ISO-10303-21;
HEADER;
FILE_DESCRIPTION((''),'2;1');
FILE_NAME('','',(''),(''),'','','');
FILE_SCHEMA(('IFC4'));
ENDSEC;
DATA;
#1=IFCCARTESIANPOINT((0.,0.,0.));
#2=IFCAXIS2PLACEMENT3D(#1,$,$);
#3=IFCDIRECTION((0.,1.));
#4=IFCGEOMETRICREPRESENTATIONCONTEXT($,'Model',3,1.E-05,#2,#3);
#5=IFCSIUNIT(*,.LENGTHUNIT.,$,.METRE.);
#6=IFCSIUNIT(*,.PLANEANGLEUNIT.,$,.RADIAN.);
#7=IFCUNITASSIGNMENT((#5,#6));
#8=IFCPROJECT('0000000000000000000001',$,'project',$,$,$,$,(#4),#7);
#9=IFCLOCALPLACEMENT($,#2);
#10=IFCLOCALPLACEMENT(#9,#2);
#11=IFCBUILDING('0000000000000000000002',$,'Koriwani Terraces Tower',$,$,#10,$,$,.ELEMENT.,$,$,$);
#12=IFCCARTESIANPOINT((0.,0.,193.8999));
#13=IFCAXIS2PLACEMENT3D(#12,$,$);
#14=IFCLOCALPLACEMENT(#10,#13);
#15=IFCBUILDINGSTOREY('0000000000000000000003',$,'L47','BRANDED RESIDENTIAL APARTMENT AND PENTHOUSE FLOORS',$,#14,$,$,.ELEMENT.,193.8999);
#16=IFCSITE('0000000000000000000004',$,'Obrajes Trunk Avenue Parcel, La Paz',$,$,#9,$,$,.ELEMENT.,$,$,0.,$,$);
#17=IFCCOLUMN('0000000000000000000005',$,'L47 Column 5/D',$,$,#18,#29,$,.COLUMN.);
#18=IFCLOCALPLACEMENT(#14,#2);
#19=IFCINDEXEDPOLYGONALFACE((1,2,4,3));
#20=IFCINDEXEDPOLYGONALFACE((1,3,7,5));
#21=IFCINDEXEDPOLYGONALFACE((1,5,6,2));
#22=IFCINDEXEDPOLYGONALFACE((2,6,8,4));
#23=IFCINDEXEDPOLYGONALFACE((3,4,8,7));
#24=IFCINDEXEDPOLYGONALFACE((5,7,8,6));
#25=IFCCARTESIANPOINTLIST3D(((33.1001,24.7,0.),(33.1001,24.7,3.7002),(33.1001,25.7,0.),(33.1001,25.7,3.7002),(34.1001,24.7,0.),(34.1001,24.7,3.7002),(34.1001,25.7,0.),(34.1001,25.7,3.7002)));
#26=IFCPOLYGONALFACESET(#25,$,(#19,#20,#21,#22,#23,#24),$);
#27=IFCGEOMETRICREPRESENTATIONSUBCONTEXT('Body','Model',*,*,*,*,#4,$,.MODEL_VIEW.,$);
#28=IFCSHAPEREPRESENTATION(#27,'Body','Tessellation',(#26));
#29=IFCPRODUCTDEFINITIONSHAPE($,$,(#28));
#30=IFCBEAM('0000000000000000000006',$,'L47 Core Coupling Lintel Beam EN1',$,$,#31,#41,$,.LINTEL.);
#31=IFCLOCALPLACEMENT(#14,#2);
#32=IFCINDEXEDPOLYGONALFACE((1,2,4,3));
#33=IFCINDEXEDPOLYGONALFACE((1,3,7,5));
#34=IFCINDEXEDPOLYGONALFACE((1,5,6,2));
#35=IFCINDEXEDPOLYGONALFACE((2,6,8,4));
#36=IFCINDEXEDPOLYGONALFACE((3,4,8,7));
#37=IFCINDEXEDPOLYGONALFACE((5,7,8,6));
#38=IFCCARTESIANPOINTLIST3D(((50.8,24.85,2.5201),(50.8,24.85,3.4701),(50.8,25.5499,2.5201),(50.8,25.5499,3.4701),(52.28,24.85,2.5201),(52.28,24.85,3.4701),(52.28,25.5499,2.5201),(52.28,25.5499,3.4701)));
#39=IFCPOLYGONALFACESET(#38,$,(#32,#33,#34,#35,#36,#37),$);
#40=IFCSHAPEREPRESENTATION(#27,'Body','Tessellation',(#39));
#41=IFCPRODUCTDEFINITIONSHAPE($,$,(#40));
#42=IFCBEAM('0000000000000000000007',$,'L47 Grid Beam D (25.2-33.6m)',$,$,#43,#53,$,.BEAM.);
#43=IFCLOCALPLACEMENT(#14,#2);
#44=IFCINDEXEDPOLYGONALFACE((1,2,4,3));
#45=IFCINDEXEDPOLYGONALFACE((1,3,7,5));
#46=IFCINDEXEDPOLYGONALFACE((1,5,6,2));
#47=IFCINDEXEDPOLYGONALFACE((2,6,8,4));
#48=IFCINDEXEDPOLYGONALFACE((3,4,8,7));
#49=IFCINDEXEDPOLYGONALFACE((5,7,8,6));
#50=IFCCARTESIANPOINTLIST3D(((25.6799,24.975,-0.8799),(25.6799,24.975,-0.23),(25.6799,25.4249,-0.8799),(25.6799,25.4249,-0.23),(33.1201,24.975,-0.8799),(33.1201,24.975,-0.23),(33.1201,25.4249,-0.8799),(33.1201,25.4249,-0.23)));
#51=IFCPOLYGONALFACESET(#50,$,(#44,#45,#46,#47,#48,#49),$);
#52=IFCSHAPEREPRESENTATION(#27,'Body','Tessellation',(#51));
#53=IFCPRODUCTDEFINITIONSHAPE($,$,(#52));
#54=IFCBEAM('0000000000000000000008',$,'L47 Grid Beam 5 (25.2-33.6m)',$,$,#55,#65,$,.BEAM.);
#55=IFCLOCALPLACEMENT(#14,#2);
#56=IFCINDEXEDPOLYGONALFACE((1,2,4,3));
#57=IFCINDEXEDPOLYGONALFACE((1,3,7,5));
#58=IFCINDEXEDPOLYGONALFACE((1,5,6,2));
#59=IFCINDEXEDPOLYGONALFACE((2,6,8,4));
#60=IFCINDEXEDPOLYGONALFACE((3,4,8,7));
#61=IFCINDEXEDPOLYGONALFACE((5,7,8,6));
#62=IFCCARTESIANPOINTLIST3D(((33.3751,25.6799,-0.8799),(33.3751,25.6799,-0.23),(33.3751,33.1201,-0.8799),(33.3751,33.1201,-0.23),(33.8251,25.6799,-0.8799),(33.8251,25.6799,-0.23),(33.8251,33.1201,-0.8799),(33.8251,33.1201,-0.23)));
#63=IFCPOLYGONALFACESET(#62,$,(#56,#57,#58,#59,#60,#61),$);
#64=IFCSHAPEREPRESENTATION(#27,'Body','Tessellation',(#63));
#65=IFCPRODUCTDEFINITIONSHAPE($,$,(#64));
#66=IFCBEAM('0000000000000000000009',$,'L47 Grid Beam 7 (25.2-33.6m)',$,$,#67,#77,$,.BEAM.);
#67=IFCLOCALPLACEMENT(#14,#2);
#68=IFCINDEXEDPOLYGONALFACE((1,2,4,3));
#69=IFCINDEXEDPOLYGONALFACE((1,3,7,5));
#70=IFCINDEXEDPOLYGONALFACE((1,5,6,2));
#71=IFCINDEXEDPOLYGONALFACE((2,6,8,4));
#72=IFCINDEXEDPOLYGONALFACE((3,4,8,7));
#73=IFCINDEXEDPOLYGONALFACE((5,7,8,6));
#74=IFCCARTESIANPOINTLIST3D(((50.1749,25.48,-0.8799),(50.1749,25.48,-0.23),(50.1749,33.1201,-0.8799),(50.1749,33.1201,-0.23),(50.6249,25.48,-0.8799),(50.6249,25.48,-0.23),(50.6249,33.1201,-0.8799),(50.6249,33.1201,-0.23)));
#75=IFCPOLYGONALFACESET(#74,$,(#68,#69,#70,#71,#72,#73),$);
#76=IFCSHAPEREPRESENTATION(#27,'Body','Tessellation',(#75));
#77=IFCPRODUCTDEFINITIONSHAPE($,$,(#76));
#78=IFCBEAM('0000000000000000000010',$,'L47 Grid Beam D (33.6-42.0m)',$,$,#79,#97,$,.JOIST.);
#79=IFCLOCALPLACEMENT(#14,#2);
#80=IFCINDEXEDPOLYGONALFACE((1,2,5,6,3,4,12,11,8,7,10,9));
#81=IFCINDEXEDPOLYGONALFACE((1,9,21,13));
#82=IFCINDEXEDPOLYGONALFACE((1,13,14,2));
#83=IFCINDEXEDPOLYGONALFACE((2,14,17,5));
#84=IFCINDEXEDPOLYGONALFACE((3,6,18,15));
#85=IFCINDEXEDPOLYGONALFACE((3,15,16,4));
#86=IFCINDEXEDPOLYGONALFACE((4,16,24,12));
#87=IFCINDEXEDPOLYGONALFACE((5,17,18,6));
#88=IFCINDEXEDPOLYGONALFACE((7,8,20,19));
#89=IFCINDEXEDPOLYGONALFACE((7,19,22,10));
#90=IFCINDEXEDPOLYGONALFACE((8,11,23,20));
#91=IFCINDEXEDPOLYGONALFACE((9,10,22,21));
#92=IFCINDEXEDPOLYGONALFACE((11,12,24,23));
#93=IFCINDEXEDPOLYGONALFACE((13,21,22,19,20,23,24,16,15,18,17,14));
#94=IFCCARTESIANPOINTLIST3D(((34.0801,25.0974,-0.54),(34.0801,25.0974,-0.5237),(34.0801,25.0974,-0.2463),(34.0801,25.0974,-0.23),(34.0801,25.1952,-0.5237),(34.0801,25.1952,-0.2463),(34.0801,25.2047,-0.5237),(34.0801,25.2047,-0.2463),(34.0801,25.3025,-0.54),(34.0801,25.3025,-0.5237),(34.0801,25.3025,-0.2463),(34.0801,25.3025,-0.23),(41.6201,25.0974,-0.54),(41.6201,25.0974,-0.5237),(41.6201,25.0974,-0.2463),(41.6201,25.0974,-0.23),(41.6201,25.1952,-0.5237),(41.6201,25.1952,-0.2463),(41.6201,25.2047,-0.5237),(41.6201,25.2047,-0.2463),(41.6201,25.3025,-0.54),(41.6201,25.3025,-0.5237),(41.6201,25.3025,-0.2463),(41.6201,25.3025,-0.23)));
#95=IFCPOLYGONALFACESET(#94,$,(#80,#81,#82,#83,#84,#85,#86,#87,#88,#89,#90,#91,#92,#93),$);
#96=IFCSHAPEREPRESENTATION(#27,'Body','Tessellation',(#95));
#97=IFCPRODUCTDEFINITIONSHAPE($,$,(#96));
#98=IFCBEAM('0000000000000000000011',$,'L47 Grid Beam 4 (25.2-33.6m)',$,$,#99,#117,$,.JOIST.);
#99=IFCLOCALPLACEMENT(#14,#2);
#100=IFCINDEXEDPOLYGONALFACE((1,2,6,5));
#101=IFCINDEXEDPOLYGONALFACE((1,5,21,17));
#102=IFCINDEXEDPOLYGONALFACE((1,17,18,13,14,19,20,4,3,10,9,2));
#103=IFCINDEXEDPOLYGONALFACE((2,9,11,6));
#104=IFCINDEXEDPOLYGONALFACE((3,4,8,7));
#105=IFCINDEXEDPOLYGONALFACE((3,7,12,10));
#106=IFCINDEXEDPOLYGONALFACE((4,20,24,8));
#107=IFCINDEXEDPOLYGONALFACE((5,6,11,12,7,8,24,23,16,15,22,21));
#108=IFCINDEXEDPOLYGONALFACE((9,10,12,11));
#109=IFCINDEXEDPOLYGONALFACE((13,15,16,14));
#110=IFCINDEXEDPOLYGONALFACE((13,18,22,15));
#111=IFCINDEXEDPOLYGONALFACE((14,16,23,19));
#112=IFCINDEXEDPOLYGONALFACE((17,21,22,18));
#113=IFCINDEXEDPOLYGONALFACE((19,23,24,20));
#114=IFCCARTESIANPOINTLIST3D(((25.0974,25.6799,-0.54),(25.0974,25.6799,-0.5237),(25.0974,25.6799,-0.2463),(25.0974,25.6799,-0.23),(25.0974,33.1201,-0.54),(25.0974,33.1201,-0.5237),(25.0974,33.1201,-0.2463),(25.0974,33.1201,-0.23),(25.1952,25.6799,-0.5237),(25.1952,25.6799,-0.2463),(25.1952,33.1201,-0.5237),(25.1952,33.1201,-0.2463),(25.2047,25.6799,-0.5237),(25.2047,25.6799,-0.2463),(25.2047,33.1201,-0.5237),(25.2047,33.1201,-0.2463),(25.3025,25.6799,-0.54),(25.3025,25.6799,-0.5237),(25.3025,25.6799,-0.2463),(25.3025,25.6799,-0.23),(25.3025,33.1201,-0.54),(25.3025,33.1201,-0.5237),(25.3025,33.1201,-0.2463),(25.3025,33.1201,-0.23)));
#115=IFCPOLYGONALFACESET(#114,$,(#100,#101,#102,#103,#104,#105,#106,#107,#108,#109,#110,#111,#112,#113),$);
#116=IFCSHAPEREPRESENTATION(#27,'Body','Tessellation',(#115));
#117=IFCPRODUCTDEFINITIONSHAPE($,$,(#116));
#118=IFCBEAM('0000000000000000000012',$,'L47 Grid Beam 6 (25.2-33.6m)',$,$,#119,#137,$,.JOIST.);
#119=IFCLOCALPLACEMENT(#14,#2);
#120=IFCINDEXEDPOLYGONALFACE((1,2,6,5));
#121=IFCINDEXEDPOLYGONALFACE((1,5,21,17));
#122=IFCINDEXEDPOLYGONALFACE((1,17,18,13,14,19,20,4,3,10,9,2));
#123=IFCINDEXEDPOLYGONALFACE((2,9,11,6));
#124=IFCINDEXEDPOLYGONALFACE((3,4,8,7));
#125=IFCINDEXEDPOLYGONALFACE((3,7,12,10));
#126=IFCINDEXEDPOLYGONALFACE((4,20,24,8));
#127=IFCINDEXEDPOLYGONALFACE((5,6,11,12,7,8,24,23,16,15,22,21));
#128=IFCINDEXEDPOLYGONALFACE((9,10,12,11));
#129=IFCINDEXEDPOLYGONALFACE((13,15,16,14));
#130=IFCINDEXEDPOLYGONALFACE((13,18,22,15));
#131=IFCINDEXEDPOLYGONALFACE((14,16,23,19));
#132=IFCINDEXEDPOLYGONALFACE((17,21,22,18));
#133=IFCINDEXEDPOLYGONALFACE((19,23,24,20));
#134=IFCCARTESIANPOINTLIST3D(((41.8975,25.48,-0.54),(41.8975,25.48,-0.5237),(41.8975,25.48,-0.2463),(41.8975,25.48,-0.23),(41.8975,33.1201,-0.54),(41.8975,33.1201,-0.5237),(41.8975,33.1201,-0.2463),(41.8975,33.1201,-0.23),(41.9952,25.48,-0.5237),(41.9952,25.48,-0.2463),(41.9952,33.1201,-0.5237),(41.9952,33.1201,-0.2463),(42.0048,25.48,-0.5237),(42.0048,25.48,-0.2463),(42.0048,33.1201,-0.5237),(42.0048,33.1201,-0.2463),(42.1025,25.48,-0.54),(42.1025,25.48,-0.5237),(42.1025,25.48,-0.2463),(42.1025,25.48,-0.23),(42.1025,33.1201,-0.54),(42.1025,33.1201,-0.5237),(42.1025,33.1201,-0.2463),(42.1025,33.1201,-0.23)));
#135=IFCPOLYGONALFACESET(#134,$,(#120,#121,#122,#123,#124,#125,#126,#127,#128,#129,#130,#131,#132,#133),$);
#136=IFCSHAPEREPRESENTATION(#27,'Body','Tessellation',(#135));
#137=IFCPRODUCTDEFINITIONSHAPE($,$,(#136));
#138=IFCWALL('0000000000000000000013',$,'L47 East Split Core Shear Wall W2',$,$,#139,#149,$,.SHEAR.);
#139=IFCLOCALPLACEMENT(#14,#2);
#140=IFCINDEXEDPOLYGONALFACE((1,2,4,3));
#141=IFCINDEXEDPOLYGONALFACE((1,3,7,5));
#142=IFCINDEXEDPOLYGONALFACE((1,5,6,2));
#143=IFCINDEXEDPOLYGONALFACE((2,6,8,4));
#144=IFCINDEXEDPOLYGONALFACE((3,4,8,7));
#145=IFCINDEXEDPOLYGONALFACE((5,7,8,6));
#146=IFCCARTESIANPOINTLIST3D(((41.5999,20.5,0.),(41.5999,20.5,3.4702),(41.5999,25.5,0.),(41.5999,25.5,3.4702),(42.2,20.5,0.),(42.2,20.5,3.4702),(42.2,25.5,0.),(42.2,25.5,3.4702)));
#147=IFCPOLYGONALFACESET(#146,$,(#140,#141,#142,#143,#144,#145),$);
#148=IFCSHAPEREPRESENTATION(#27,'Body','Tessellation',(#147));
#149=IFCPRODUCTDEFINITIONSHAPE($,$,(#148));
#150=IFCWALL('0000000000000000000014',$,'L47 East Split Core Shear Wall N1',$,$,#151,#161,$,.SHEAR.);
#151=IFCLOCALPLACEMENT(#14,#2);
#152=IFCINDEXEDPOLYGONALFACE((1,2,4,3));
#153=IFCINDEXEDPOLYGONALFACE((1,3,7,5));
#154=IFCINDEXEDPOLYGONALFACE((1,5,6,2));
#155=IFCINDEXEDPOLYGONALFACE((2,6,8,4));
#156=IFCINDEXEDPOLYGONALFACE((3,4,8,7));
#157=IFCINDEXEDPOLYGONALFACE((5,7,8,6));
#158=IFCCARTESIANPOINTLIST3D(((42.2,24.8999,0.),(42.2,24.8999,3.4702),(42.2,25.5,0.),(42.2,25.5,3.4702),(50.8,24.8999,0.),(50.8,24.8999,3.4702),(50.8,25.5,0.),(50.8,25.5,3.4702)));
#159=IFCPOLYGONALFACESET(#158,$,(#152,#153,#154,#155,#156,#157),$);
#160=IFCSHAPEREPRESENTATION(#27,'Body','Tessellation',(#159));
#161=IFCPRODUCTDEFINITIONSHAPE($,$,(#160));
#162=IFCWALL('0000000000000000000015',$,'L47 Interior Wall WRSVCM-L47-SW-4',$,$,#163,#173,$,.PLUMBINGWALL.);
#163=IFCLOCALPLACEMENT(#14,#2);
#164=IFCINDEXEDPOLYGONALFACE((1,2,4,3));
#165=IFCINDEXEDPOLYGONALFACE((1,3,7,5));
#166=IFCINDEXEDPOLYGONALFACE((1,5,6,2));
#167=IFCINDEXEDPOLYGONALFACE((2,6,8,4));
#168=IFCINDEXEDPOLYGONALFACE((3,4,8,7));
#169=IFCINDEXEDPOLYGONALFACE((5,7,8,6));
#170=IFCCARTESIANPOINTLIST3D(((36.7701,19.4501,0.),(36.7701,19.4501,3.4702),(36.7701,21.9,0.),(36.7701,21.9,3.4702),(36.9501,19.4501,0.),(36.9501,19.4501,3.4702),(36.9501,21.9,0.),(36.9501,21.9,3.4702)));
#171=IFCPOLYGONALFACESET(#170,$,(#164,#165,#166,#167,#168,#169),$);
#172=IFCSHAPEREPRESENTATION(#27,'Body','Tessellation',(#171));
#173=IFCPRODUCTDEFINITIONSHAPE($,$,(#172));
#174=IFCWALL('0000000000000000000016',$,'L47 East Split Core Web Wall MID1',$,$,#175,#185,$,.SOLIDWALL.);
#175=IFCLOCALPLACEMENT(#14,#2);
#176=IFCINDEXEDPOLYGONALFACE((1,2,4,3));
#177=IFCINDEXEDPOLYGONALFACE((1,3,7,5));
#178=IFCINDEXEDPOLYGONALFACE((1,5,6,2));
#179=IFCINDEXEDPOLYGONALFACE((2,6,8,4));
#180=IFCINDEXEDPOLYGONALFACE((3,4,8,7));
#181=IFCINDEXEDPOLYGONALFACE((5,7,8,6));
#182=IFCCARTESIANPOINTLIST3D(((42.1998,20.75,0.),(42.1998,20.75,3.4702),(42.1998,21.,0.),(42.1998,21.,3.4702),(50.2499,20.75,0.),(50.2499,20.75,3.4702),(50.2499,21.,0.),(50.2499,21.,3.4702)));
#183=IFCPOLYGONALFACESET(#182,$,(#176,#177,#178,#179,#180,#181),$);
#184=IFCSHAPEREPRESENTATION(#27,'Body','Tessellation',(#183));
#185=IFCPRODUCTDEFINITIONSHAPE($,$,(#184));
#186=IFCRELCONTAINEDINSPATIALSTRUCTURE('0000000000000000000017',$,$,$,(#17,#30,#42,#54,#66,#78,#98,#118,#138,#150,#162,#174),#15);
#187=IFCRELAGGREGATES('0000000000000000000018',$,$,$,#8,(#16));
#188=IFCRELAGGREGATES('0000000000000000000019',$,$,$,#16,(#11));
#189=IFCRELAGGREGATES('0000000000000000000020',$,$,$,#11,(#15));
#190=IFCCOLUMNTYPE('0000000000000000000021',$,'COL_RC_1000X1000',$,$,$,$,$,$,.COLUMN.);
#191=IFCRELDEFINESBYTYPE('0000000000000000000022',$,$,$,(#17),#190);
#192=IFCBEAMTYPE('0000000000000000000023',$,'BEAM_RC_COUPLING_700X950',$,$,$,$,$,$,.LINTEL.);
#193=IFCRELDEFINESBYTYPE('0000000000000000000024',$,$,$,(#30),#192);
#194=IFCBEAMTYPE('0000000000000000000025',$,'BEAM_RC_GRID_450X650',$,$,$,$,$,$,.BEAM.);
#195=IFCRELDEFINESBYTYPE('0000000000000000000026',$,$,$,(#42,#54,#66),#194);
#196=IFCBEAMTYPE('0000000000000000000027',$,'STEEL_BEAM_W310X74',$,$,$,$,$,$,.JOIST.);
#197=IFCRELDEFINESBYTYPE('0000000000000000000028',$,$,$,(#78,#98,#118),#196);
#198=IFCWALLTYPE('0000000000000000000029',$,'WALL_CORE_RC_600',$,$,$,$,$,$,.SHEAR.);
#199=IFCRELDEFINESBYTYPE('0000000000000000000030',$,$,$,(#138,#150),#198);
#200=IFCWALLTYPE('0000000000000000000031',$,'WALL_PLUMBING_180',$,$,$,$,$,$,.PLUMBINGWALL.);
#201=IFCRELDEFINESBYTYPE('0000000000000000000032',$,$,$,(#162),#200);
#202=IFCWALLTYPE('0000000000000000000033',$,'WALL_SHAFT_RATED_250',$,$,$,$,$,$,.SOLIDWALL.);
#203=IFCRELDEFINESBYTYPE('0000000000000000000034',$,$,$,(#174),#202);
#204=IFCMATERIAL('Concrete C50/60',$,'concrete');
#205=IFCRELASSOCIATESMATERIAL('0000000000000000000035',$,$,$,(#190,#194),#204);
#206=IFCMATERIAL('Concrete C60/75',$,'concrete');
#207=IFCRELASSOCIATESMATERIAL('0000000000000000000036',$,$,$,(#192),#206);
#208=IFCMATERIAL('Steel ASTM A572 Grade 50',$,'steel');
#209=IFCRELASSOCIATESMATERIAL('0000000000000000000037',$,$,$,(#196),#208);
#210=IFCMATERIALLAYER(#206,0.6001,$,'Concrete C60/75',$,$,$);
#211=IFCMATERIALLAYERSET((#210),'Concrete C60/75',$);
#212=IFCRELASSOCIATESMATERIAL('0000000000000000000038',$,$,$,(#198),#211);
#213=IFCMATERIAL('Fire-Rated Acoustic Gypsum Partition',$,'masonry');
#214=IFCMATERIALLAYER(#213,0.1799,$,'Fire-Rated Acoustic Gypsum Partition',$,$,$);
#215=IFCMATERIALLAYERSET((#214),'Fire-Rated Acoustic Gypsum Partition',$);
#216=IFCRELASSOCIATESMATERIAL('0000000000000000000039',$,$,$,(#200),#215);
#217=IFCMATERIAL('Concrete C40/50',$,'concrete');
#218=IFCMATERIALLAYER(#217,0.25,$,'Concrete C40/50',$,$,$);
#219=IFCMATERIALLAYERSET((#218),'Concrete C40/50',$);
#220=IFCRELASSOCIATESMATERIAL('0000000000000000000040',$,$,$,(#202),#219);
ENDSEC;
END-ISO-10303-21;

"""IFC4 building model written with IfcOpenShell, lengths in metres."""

from ifc_helpers import new_model, si_unit, direction, frame, frame_2d, origin, origin_2d, place, context, subcontext, project, spatial, rectangle, i_section, extrude, material, layer, layer_set, material_profile, profile_set, type_object, element, save


model = new_model("IFC4")

# Units and contexts
model_context = context("Model", 3, precision=1e-05, world=origin(), true_north=direction((0.0, 1.0)))
body_context = subcontext(model_context, "Body", "Model", "MODEL_VIEW")
ifc_project = project(units=[si_unit("LENGTHUNIT", "METRE"), si_unit("PLANEANGLEUNIT", "RADIAN")], contexts=[model_context])

# Site, building, storey
site_placement = place(None, origin())
site = spatial("IfcSite", under=ifc_project, at=site_placement, Name="Obrajes Trunk Avenue Parcel, La Paz", CompositionType="ELEMENT", RefElevation=0.0)
building_placement = place(site_placement, origin())
building = spatial("IfcBuilding", under=site, at=building_placement, Name="Koriwani Terraces Tower", CompositionType="ELEMENT")
storey_placement = place(building_placement, frame((0.0, 0.0, 193.8999)))
storey = spatial("IfcBuildingStorey", under=building, at=storey_placement, Name="L47", Description="BRANDED RESIDENTIAL APARTMENT AND PENTHOUSE FLOORS", CompositionType="ELEMENT", Elevation=193.8999)

# Column
ifc_material_1 = material(Name="Concrete C50/60", Category="concrete")
ifc_material_profile_1 = material_profile(ifc_material_1, rectangle(XDim=1.0, YDim=1.0, at=origin_2d()), Name="Concrete C50/60", Category="LoadBearing")
ifc_profile_set_1 = profile_set([ifc_material_profile_1], Name="Concrete C50/60")
column_type = type_object("IfcColumnType", Name="COL_RC_1000X1000", PredefinedType="COLUMN", material=ifc_profile_set_1)
column_placement = place(storey_placement, frame((33.6001, 25.2, 0.0), z_axis=(0.0, 0.0, 1.0), x_axis=(1.0, 0.0, 0.0)))
element("IfcColumn", 1, at=column_placement, inside=storey, type_object=column_type, Name="L47 Column 5/D", PredefinedType="COLUMN", context=body_context, shape_type="SweptSolid", body=[
    extrude(rectangle(XDim=1.0, YDim=1.0, at=origin_2d()), origin(), (0.0, 0.0, 1.0), 3.7002),
])

# Beams
ifc_material_2 = material(Name="Concrete C60/75", Category="concrete")
ifc_material_profile_2 = material_profile(ifc_material_2, rectangle(XDim=0.7, YDim=0.95, at=origin_2d()), Name="Concrete C60/75", Category="LoadBearing")
ifc_profile_set_2 = profile_set([ifc_material_profile_2], Name="Concrete C60/75")
beam_type_1 = type_object("IfcBeamType", Name="BEAM_RC_COUPLING_700X950", PredefinedType="LINTEL", material=ifc_profile_set_2)
beam_1_placement = place(storey_placement, frame((50.8, 25.2, 2.9951), z_axis=(1.0, 0.0, 0.0), x_axis=(0.0, 1.0, 0.0)))
element("IfcBeam", 2, at=beam_1_placement, inside=storey, type_object=beam_type_1, Name="L47 Core Coupling Lintel Beam EN1", PredefinedType="LINTEL", context=body_context, shape_type="SweptSolid", body=[
    extrude(rectangle(XDim=0.7, YDim=0.95, at=origin_2d()), origin(), (0.0, 0.0, 1.0), 1.48),
])
ifc_material_profile_3 = material_profile(ifc_material_1, rectangle(XDim=0.45, YDim=0.6499, at=origin_2d()), Name="Concrete C50/60", Category="LoadBearing")
ifc_profile_set_3 = profile_set([ifc_material_profile_3], Name="Concrete C50/60")
beam_type_2 = type_object("IfcBeamType", Name="BEAM_RC_GRID_450X650", PredefinedType="BEAM", material=ifc_profile_set_3)
for number, where, z_axis, x_axis, name in (
    (3, (25.6799, 25.2, -0.5549), (1.0, 0.0, 0.0), (0.0, 1.0, 0.0), "L47 Grid Beam D (25.2-33.6m)"),
    (4, (33.6001, 25.6799, -0.5549), (0.0, 1.0, 0.0), (-1.0, 0.0, 0.0), "L47 Grid Beam 5 (25.2-33.6m)"),
):
    element("IfcBeam", number, at=place(storey_placement, frame(where, z_axis=z_axis, x_axis=x_axis)), inside=storey, type_object=beam_type_2, Name=name, PredefinedType="BEAM", context=body_context, shape_type="SweptSolid", body=[
        extrude(rectangle(XDim=0.45, YDim=0.6499, at=origin_2d()), origin(), (0.0, 0.0, 1.0), 7.4402),
    ])
beam_2_placement = place(storey_placement, frame((50.3999, 25.48, -0.5549), z_axis=(0.0, 1.0, 0.0), x_axis=(-1.0, 0.0, 0.0)))
element("IfcBeam", 5, at=beam_2_placement, inside=storey, type_object=beam_type_2, Name="L47 Grid Beam 7 (25.2-33.6m)", PredefinedType="BEAM", context=body_context, shape_type="SweptSolid", body=[
    extrude(rectangle(XDim=0.45, YDim=0.6499, at=origin_2d()), origin(), (0.0, 0.0, 1.0), 7.6401),
])
ifc_material_3 = material(Name="Steel ASTM A572 Grade 50", Category="steel")
ifc_material_profile_4 = material_profile(ifc_material_3, i_section(OverallWidth=0.2051, OverallDepth=0.3101, WebThickness=0.0095, FlangeThickness=0.0164, at=origin_2d()), Name="Steel ASTM A572 Grade 50", Category="LoadBearing")
ifc_profile_set_4 = profile_set([ifc_material_profile_4], Name="Steel ASTM A572 Grade 50")
beam_type_3 = type_object("IfcBeamType", Name="STEEL_BEAM_W310X74", PredefinedType="JOIST", material=ifc_profile_set_4)
beam_3_placement = place(storey_placement, frame((34.0801, 25.2, -0.385), z_axis=(1.0, 0.0, 0.0), x_axis=(0.0, 1.0, 0.0)))
element("IfcBeam", 6, at=beam_3_placement, inside=storey, type_object=beam_type_3, Name="L47 Grid Beam D (33.6-42.0m)", PredefinedType="JOIST", context=body_context, shape_type="SweptSolid", body=[
    extrude(i_section(OverallWidth=0.2051, OverallDepth=0.3101, WebThickness=0.0095, FlangeThickness=0.0164, at=origin_2d()), origin(), (0.0, 0.0, 1.0), 7.54),
])
beam_4_placement = place(storey_placement, frame((25.2, 25.6799, -0.385), z_axis=(0.0, 1.0, 0.0), x_axis=(-1.0, 0.0, 0.0)))
element("IfcBeam", 7, at=beam_4_placement, inside=storey, type_object=beam_type_3, Name="L47 Grid Beam 4 (25.2-33.6m)", PredefinedType="JOIST", context=body_context, shape_type="SweptSolid", body=[
    extrude(i_section(OverallWidth=0.2051, OverallDepth=0.3101, WebThickness=0.0095, FlangeThickness=0.0164, at=origin_2d()), origin(), (0.0, 0.0, 1.0), 7.4402),
])
beam_5_placement = place(storey_placement, frame((42.0, 25.48, -0.385), z_axis=(0.0, 1.0, 0.0), x_axis=(-1.0, 0.0, 0.0)))
element("IfcBeam", 8, at=beam_5_placement, inside=storey, type_object=beam_type_3, Name="L47 Grid Beam 6 (25.2-33.6m)", PredefinedType="JOIST", context=body_context, shape_type="SweptSolid", body=[
    extrude(i_section(OverallWidth=0.2051, OverallDepth=0.3101, WebThickness=0.0095, FlangeThickness=0.0164, at=origin_2d()), origin(), (0.0, 0.0, 1.0), 7.6401),
])

# Walls
ifc_layer_1 = layer(ifc_material_2, 0.6001, Name="Concrete C60/75")
ifc_layer_set_1 = layer_set([ifc_layer_1], Name="Concrete C60/75")
wall_type_1 = type_object("IfcWallType", Name="WALL_CORE_RC_600", PredefinedType="SHEAR", material=ifc_layer_set_1)
wall_1_placement = place(storey_placement, frame((41.8999, 20.5, 0.0), z_axis=(0.0, 0.0, 1.0), x_axis=(0.0, 1.0, 0.0)))
element("IfcWall", 9, at=wall_1_placement, inside=storey, type_object=wall_type_1, Name="L47 East Split Core Shear Wall W2", PredefinedType="SHEAR", context=body_context, shape_type="SweptSolid", body=[
    extrude(rectangle(XDim=5.0, YDim=0.6001, at=frame_2d((2.5, 0.0))), origin(), (0.0, 0.0, 1.0), 3.4702),
])
wall_2_placement = place(storey_placement, frame((42.2, 25.2, 0.0), z_axis=(0.0, 0.0, 1.0), x_axis=(1.0, 0.0, 0.0)))
element("IfcWall", 10, at=wall_2_placement, inside=storey, type_object=wall_type_1, Name="L47 East Split Core Shear Wall N1", PredefinedType="SHEAR", context=body_context, shape_type="SweptSolid", body=[
    extrude(rectangle(XDim=8.6001, YDim=0.6001, at=frame_2d((4.3, 0.0))), origin(), (0.0, 0.0, 1.0), 3.4702),
])
ifc_material_4 = material(Name="Fire-Rated Acoustic Gypsum Partition", Category="masonry")
ifc_layer_2 = layer(ifc_material_4, 0.1799, Name="Fire-Rated Acoustic Gypsum Partition")
ifc_layer_set_2 = layer_set([ifc_layer_2], Name="Fire-Rated Acoustic Gypsum Partition")
wall_type_2 = type_object("IfcWallType", Name="WALL_PLUMBING_180", PredefinedType="PLUMBINGWALL", material=ifc_layer_set_2)
wall_3_placement = place(storey_placement, frame((36.8601, 19.45, 0.0), z_axis=(0.0, 0.0, 1.0), x_axis=(0.0, 1.0, 0.0)))
element("IfcWall", 11, at=wall_3_placement, inside=storey, type_object=wall_type_2, Name="L47 Interior Wall WRSVCM-L47-SW-4", PredefinedType="PLUMBINGWALL", context=body_context, shape_type="SweptSolid", body=[
    extrude(rectangle(XDim=2.45, YDim=0.1799, at=frame_2d((1.2251, 0.0))), origin(), (0.0, 0.0, 1.0), 3.4702),
])
ifc_material_5 = material(Name="Concrete C40/50", Category="concrete")
ifc_layer_3 = layer(ifc_material_5, 0.25, Name="Concrete C40/50")
ifc_layer_set_3 = layer_set([ifc_layer_3], Name="Concrete C40/50")
wall_type_3 = type_object("IfcWallType", Name="WALL_SHAFT_RATED_250", PredefinedType="SOLIDWALL", material=ifc_layer_set_3)
for number, where, z_axis, x_axis, name in (
    (12, (42.2, 20.875, 0.0), (0.0, 0.0, 1.0), (1.0, 0.0, 0.0), "L47 East Split Core Web Wall MID1"),
):
    element("IfcWall", number, at=place(storey_placement, frame(where, z_axis=z_axis, x_axis=x_axis)), inside=storey, type_object=wall_type_3, Name=name, PredefinedType="SOLIDWALL", context=body_context, shape_type="SweptSolid", body=[
        extrude(rectangle(XDim=8.05, YDim=0.25, at=frame_2d((4.0249, 0.0))), origin(), (0.0, 0.0, 1.0), 3.4702),
    ])

save(model, "model.ifc")
